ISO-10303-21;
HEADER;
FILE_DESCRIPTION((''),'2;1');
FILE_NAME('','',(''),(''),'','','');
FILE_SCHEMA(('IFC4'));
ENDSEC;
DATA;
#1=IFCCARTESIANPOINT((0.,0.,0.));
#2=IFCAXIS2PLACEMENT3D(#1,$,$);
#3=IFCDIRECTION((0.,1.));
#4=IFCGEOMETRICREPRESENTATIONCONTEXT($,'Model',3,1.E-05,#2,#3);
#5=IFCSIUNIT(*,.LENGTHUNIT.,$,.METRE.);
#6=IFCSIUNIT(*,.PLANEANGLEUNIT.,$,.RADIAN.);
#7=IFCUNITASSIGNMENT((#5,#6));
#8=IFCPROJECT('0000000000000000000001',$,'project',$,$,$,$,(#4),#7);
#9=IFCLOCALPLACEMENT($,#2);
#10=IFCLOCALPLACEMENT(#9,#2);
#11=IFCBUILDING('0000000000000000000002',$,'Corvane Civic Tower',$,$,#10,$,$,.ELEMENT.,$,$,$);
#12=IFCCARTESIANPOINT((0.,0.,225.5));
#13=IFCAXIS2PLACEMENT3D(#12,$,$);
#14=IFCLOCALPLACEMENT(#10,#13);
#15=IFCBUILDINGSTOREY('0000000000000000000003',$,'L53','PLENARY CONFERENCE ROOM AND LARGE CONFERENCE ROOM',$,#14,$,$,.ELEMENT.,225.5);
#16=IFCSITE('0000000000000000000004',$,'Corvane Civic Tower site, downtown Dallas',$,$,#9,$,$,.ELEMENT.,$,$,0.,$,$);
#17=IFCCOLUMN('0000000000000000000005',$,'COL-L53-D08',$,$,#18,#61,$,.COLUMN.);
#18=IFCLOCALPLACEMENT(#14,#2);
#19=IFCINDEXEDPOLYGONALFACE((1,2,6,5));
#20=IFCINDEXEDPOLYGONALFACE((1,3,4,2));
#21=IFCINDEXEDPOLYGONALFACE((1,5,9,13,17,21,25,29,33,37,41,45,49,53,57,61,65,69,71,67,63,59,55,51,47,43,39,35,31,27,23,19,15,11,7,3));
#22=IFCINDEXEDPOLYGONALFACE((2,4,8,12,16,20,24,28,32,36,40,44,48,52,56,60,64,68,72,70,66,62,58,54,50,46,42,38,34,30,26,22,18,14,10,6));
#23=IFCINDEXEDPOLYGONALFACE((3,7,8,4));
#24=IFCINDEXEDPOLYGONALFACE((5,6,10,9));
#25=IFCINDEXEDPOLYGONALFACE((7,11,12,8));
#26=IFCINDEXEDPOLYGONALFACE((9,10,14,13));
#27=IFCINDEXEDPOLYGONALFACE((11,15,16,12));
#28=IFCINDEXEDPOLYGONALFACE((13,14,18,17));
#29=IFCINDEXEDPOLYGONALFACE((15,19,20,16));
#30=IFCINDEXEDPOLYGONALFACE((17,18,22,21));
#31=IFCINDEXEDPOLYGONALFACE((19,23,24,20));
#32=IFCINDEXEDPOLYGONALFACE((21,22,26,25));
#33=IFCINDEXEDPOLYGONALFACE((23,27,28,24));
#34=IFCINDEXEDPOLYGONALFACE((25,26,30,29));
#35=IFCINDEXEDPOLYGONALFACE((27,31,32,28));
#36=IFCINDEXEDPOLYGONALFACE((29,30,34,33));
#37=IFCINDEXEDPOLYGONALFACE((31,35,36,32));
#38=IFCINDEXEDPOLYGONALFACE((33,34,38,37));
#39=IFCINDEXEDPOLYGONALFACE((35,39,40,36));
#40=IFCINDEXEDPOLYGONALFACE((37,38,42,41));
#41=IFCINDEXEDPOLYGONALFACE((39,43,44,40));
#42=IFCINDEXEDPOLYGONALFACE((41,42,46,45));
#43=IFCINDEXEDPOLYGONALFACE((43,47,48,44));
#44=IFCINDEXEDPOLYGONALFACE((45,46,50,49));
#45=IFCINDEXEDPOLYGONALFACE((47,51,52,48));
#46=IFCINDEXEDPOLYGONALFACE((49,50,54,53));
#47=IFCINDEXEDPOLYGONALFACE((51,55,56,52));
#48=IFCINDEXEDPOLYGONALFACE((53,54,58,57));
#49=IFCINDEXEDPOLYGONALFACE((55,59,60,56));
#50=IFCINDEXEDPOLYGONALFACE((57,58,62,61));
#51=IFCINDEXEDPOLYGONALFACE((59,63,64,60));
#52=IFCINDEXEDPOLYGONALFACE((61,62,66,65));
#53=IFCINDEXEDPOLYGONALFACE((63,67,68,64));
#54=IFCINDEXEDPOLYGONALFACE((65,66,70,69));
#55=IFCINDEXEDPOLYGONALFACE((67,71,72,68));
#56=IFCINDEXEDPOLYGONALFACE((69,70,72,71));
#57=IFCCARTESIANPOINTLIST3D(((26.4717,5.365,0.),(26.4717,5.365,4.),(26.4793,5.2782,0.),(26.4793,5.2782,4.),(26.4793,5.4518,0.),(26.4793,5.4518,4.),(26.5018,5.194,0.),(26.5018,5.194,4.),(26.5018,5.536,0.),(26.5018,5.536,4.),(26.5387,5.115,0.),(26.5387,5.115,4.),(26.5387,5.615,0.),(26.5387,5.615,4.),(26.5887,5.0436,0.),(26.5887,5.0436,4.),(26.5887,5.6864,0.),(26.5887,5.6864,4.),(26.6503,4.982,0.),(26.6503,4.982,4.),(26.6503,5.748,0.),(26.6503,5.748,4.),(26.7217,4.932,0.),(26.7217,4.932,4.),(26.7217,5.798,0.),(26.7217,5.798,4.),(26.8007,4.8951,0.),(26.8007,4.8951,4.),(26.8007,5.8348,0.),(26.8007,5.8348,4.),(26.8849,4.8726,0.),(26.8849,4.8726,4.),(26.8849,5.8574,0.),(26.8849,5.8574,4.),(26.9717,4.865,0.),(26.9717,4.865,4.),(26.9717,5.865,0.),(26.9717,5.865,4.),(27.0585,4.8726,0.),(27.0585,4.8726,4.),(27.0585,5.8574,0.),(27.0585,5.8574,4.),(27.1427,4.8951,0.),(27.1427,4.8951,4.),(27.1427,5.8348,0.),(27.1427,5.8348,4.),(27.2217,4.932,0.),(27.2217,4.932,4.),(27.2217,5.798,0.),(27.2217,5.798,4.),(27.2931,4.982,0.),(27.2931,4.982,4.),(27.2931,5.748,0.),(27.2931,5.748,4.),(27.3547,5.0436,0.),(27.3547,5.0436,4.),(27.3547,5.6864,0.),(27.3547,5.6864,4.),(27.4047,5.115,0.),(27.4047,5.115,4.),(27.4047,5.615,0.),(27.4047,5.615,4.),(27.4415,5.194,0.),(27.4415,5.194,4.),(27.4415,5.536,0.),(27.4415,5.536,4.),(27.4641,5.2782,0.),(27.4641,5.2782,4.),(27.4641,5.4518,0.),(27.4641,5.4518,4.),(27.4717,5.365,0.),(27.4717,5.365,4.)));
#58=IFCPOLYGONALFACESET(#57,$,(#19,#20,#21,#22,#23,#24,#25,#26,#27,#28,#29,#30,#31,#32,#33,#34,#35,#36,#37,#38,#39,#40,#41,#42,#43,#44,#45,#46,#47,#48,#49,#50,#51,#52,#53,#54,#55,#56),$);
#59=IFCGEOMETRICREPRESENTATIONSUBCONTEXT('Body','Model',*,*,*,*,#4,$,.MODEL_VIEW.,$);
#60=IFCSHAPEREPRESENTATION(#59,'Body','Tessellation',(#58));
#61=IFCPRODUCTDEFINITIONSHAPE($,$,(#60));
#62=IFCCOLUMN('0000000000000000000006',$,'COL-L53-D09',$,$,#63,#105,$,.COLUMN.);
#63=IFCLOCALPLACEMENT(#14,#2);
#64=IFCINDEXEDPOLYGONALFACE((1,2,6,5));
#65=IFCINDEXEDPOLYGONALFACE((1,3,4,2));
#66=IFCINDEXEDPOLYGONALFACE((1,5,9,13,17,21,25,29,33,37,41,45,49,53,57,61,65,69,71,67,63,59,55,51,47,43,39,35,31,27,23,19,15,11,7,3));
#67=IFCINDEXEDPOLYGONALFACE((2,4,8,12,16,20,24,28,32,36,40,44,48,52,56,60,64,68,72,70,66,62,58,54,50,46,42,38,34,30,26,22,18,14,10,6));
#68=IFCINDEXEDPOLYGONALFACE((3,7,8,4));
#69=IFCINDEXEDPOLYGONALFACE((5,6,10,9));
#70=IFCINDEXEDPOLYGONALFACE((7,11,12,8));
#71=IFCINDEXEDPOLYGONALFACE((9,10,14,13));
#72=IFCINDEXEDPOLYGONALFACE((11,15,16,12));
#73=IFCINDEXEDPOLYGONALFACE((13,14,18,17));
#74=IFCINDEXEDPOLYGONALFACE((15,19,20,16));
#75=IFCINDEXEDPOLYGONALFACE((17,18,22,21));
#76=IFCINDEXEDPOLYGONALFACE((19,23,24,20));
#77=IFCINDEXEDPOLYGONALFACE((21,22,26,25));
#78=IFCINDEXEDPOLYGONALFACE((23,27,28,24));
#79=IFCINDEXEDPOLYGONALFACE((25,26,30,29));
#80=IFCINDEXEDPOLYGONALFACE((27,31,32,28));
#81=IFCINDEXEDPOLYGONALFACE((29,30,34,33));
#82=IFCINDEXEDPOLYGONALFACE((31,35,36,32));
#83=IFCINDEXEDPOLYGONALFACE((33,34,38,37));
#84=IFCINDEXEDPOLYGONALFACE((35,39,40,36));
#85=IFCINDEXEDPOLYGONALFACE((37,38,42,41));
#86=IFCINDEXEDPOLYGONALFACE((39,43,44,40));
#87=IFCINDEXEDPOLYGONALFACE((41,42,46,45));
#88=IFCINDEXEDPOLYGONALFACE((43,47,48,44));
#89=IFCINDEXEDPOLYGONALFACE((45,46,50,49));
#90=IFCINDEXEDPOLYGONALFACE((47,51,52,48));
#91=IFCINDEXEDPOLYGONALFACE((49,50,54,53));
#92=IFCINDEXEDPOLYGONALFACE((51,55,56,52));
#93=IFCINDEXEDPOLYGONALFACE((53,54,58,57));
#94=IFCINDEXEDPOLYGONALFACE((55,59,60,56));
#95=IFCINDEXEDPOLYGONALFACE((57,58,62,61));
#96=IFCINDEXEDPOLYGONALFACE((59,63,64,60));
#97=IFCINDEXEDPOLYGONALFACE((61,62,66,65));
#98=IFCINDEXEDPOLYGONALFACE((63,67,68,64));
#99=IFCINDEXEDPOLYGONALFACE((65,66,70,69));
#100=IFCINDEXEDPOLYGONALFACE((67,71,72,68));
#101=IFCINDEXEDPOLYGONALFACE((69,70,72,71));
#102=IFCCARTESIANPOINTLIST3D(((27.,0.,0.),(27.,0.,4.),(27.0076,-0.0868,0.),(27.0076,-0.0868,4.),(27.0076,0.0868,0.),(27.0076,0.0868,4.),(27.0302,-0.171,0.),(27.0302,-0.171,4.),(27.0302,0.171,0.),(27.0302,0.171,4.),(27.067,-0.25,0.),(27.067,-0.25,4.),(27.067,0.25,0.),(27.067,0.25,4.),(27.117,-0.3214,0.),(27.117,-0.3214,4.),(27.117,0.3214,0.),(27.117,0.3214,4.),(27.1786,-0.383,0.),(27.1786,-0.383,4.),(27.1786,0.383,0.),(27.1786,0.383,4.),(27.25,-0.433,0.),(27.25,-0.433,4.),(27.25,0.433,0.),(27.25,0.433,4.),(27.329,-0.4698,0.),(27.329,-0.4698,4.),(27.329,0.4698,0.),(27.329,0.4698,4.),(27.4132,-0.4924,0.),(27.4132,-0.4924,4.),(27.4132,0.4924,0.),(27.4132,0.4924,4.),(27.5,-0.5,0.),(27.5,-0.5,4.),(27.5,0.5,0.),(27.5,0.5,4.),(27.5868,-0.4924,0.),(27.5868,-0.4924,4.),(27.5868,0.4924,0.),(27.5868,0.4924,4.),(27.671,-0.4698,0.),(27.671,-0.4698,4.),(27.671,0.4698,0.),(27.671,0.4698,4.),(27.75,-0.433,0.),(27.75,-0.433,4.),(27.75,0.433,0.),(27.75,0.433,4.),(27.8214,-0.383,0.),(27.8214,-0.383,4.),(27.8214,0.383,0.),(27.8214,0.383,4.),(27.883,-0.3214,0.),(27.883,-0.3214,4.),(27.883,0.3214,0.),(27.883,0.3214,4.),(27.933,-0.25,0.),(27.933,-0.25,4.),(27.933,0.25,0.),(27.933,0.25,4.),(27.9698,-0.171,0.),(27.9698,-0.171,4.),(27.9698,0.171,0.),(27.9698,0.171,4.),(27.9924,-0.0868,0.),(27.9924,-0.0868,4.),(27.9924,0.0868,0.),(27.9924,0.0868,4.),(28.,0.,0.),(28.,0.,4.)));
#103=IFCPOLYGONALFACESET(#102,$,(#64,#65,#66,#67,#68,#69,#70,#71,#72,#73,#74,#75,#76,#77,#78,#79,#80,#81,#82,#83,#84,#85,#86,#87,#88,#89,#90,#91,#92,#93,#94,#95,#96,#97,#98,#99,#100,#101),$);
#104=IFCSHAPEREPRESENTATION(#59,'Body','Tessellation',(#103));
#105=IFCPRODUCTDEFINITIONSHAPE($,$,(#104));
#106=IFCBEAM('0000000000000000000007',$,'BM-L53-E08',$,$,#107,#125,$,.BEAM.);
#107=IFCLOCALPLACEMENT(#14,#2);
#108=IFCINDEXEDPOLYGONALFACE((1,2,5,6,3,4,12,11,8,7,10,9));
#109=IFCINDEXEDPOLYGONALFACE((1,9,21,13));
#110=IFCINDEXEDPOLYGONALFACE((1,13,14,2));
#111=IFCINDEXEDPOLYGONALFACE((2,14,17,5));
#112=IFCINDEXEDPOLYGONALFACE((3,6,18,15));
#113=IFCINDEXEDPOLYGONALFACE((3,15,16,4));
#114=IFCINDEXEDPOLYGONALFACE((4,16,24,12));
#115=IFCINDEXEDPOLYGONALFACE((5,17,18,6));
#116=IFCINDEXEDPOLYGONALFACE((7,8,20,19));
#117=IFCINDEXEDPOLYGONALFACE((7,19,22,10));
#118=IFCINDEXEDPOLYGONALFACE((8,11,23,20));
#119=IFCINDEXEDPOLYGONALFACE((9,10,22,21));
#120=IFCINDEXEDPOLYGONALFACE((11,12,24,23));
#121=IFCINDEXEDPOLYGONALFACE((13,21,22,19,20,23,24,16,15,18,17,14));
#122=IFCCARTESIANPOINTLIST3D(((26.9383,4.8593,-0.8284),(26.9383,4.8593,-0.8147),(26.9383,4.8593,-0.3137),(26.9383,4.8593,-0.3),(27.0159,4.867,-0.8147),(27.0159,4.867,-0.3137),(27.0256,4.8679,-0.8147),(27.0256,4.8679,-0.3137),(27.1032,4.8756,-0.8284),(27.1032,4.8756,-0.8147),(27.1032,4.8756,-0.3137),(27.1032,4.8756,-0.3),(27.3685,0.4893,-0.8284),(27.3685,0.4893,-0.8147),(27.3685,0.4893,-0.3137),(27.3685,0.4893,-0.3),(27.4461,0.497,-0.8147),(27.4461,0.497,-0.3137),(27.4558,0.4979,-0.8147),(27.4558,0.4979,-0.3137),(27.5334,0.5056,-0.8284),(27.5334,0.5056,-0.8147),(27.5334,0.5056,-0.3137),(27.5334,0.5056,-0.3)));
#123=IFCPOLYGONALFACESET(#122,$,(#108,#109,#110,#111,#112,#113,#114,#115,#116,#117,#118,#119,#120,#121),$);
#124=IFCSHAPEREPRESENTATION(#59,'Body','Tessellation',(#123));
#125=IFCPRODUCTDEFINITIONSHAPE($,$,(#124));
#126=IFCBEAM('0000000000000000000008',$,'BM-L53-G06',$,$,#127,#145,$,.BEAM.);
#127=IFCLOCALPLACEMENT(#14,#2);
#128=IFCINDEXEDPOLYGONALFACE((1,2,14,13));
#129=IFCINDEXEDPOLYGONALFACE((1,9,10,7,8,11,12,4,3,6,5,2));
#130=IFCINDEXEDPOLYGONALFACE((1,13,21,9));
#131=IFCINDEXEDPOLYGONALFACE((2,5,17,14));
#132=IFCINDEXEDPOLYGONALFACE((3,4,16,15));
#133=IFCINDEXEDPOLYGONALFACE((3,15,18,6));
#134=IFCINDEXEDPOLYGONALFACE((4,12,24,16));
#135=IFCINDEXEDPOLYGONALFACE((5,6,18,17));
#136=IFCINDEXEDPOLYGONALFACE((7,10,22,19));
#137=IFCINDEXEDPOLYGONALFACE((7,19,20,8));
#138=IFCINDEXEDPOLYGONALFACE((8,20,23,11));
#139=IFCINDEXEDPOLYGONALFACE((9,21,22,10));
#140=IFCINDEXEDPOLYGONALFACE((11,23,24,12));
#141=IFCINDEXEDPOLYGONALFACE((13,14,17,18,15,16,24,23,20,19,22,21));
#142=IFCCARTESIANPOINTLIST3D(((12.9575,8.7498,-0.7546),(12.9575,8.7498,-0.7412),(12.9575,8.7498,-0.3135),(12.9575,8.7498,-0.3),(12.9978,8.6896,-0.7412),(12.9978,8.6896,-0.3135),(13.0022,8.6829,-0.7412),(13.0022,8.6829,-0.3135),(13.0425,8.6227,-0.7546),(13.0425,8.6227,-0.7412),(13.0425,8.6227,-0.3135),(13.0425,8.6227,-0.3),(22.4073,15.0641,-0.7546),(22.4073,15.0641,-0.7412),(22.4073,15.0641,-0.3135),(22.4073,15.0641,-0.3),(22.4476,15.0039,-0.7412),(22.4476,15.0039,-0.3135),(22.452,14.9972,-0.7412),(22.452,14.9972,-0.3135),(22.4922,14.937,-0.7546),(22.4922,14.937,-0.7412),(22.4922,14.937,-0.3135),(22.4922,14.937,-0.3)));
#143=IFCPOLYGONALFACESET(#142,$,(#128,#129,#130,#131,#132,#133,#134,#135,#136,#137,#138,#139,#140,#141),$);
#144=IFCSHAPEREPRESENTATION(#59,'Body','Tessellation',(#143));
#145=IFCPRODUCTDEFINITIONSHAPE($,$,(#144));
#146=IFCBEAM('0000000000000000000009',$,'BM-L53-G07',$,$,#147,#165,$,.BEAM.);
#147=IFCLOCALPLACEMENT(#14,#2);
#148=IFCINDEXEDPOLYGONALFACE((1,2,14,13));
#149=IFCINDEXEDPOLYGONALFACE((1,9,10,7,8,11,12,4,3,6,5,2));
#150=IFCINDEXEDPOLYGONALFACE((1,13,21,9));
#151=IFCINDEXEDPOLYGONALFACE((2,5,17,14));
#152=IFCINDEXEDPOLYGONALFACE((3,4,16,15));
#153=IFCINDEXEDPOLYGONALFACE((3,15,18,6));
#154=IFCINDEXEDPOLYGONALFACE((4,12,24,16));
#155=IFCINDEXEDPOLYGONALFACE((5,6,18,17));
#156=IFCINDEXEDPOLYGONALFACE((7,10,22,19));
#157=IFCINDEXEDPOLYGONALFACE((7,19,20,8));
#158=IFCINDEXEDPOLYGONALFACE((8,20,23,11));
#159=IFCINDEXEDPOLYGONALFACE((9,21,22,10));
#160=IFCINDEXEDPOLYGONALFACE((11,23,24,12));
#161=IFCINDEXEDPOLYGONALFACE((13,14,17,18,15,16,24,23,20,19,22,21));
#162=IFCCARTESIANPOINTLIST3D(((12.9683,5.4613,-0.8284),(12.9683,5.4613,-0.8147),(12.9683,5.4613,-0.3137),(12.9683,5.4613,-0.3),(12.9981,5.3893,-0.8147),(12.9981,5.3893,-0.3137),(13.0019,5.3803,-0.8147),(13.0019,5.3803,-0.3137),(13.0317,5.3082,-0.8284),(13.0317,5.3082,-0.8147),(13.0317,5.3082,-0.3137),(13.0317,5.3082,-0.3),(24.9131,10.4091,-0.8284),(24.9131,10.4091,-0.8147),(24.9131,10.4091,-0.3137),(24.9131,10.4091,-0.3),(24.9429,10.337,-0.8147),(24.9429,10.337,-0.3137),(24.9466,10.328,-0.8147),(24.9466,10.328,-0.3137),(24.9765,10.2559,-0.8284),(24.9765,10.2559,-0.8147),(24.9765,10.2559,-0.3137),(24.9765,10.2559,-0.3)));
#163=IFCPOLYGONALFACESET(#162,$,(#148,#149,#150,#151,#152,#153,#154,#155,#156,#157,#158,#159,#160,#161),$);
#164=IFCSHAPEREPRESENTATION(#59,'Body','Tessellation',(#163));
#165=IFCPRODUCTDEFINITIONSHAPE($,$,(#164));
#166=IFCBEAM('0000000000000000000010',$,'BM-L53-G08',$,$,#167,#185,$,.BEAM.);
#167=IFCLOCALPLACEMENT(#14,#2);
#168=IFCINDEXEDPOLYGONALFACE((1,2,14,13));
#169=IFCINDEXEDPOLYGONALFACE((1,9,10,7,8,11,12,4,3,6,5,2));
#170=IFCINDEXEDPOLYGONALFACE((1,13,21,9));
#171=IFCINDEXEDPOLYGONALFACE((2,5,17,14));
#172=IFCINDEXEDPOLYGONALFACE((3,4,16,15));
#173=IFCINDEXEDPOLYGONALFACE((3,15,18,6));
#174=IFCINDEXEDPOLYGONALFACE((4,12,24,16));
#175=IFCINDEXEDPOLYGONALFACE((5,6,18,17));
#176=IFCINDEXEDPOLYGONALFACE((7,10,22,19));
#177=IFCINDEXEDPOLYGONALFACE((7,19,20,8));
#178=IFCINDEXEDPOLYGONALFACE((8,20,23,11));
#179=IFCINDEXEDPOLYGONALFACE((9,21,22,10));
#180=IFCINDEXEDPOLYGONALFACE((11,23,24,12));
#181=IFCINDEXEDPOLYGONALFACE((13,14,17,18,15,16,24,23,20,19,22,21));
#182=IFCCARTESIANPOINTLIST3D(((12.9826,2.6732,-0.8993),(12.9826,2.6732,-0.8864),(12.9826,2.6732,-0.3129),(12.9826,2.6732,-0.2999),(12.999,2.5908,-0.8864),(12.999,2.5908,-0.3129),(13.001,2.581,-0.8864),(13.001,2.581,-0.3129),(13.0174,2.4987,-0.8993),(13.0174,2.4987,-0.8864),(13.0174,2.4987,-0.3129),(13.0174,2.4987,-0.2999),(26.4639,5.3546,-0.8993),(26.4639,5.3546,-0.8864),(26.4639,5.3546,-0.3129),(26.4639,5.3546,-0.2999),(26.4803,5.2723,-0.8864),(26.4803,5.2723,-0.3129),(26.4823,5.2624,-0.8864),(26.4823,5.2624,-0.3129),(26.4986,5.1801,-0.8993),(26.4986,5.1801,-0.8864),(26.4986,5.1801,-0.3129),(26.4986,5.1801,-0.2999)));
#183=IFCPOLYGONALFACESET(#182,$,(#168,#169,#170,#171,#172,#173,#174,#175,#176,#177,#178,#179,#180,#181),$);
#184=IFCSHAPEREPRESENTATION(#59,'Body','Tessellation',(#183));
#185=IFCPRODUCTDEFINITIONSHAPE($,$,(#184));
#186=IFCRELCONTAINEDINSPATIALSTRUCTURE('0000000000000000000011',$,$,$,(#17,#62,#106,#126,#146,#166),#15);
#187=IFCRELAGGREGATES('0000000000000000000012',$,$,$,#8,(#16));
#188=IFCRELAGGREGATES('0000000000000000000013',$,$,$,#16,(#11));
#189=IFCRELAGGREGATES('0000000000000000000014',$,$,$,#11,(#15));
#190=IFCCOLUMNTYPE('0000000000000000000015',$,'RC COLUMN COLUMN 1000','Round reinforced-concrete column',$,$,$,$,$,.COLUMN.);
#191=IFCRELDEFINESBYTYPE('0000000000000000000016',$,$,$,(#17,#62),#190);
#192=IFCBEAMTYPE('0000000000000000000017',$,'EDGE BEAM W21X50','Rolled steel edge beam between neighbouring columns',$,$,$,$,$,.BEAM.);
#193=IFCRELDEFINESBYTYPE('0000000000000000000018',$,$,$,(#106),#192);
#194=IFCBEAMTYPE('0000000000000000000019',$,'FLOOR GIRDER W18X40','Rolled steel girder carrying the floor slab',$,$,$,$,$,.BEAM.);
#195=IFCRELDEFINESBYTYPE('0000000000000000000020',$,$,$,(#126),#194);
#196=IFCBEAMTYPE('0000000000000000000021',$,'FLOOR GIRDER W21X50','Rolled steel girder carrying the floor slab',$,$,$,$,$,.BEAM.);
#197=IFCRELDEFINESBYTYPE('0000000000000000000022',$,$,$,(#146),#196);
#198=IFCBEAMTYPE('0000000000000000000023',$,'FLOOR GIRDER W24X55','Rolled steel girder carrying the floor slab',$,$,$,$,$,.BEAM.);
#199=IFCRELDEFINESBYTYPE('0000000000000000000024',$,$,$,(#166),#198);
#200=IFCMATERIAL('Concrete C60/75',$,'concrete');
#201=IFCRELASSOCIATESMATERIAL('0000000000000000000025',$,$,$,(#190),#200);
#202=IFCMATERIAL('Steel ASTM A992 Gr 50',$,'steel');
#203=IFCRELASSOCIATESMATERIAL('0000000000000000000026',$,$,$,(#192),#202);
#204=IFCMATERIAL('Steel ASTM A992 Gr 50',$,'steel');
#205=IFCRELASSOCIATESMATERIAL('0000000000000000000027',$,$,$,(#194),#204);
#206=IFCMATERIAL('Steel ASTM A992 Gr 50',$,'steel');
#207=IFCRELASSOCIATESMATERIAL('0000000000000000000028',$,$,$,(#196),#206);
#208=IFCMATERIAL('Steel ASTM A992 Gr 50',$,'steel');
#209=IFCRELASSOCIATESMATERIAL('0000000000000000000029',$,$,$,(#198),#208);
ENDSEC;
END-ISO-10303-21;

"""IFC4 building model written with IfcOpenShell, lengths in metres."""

from ifc_helpers import new_model, si_unit, direction, frame, origin, origin_2d, place, context, subcontext, project, spatial, circle, i_section, extrude, material, material_profile, profile_set, type_object, element, save


model = new_model("IFC4")

# Units and contexts
model_context = context("Model", 3, precision=1e-05, world=origin(), true_north=direction((0.0, 1.0)))
body_context = subcontext(model_context, "Body", "Model", "MODEL_VIEW")
ifc_project = project(units=[si_unit("LENGTHUNIT", "METRE"), si_unit("PLANEANGLEUNIT", "RADIAN")], contexts=[model_context])

# Site, building, storey
site_placement = place(None, origin())
site = spatial("IfcSite", under=ifc_project, at=site_placement, Name="Corvane Civic Tower site, downtown Dallas", CompositionType="ELEMENT", RefElevation=0.0)
building_placement = place(site_placement, origin())
building = spatial("IfcBuilding", under=site, at=building_placement, Name="Corvane Civic Tower", CompositionType="ELEMENT")
storey_placement = place(building_placement, frame((0.0, 0.0, 225.5)))
storey = spatial("IfcBuildingStorey", under=building, at=storey_placement, Name="L53", Description="PLENARY CONFERENCE ROOM AND LARGE CONFERENCE ROOM", CompositionType="ELEMENT", Elevation=225.5)

# Columns
ifc_material_1 = material(Name="Concrete C60/75", Category="concrete")
ifc_material_profile_1 = material_profile(ifc_material_1, circle(Radius=0.5, at=origin_2d()), Name="COLUMN 1000")
ifc_profile_set_1 = profile_set([ifc_material_profile_1], Name="Concrete C60/75")
column_type = type_object("IfcColumnType", Name="RC COLUMN COLUMN 1000", Description="Round reinforced-concrete column", PredefinedType="COLUMN", material=ifc_profile_set_1)
for number, where, z_axis, x_axis, name in (
    (1, (26.9717, 5.365, 0.0), (0.0, 0.0, 1.0), (1.0, 0.0, 0.0), "COL-L53-D08"),
    (2, (27.5, 0.0, 0.0), (0.0, 0.0, 1.0), (1.0, 0.0, 0.0), "COL-L53-D09"),
):
    element("IfcColumn", number, at=place(storey_placement, frame(where, z_axis=z_axis, x_axis=x_axis)), inside=storey, type_object=column_type, Name=name, PredefinedType="COLUMN", context=body_context, shape_type="SweptSolid", body=[
        extrude(circle(Radius=0.5, at=origin_2d()), origin(), (0.0, 0.0, 1.0), 4.0),
    ])

# Beams
ifc_material_2 = material(Name="Steel ASTM A992 Gr 50", Category="steel")
ifc_material_profile_2 = material_profile(ifc_material_2, i_section(OverallWidth=0.1658, OverallDepth=0.5283, WebThickness=0.0098, FlangeThickness=0.0137, at=origin_2d()), Name="W21X50")
ifc_profile_set_2 = profile_set([ifc_material_profile_2], Name="Steel ASTM A992 Gr 50")
beam_type_1 = type_object("IfcBeamType", Name="EDGE BEAM W21X50", Description="Rolled steel edge beam between neighbouring columns", PredefinedType="BEAM", material=ifc_profile_set_2)
beam_1_placement = place(storey_placement, frame((27.0208, 4.8674, -0.5642), z_axis=(0.097968, -0.99519, 0.0), x_axis=(0.99519, 0.097968, 0.0)))
element("IfcBeam", 3, at=beam_1_placement, inside=storey, type_object=beam_type_1, Name="BM-L53-E08", PredefinedType="BEAM", context=body_context, shape_type="SweptSolid", body=[
    extrude(i_section(OverallWidth=0.1658, OverallDepth=0.5283, WebThickness=0.0098, FlangeThickness=0.0137, at=origin_2d()), origin(), (0.0, 0.0, 1.0), 4.3911),
])
ifc_material_3 = material(Name="Steel ASTM A992 Gr 50", Category="steel")
ifc_material_profile_3 = material_profile(ifc_material_3, i_section(OverallWidth=0.1528, OverallDepth=0.4546, WebThickness=0.0081, FlangeThickness=0.0134, at=origin_2d()), Name="W18X40")
ifc_profile_set_3 = profile_set([ifc_material_profile_3], Name="Steel ASTM A992 Gr 50")
beam_type_2 = type_object("IfcBeamType", Name="FLOOR GIRDER W18X40", Description="Rolled steel girder carrying the floor slab", PredefinedType="BEAM", material=ifc_profile_set_3)
beam_2_placement = place(storey_placement, frame((13.0, 8.6863, -0.5273), z_axis=(0.831465, 0.555577, 0.0), x_axis=(-0.555577, 0.831465, 0.0)))
element("IfcBeam", 4, at=beam_2_placement, inside=storey, type_object=beam_type_2, Name="BM-L53-G06", PredefinedType="BEAM", context=body_context, shape_type="SweptSolid", body=[
    extrude(i_section(OverallWidth=0.1528, OverallDepth=0.4546, WebThickness=0.0081, FlangeThickness=0.0134, at=origin_2d()), origin(), (0.0, 0.0, 1.0), 11.3652),
])
ifc_material_4 = material(Name="Steel ASTM A992 Gr 50", Category="steel")
ifc_material_profile_4 = material_profile(ifc_material_4, i_section(OverallWidth=0.1658, OverallDepth=0.5283, WebThickness=0.0098, FlangeThickness=0.0137, at=origin_2d()), Name="W21X50")
ifc_profile_set_4 = profile_set([ifc_material_profile_4], Name="Steel ASTM A992 Gr 50")
beam_type_3 = type_object("IfcBeamType", Name="FLOOR GIRDER W21X50", Description="Rolled steel girder carrying the floor slab", PredefinedType="BEAM", material=ifc_profile_set_4)
beam_3_placement = place(storey_placement, frame((13.0, 5.3848, -0.5642), z_axis=(0.923878, 0.382686, 0.0), x_axis=(-0.382686, 0.923878, 0.0)))
element("IfcBeam", 5, at=beam_3_placement, inside=storey, type_object=beam_type_3, Name="BM-L53-G07", PredefinedType="BEAM", context=body_context, shape_type="SweptSolid", body=[
    extrude(i_section(OverallWidth=0.1658, OverallDepth=0.5283, WebThickness=0.0098, FlangeThickness=0.0137, at=origin_2d()), origin(), (0.0, 0.0, 1.0), 12.929),
])
ifc_material_5 = material(Name="Steel ASTM A992 Gr 50", Category="steel")
ifc_material_profile_5 = material_profile(ifc_material_5, i_section(OverallWidth=0.178, OverallDepth=0.5994, WebThickness=0.01, FlangeThickness=0.0129, at=origin_2d()), Name="W24X55")
ifc_profile_set_5 = profile_set([ifc_material_profile_5], Name="Steel ASTM A992 Gr 50")
beam_type_4 = type_object("IfcBeamType", Name="FLOOR GIRDER W24X55", Description="Rolled steel girder carrying the floor slab", PredefinedType="BEAM", material=ifc_profile_set_5)
beam_4_placement = place(storey_placement, frame((13.0, 2.5859, -0.5996), z_axis=(0.980788, 0.195078, 0.0), x_axis=(-0.195078, 0.980788, 0.0)))
element("IfcBeam", 6, at=beam_4_placement, inside=storey, type_object=beam_type_4, Name="BM-L53-G08", PredefinedType="BEAM", context=body_context, shape_type="SweptSolid", body=[
    extrude(i_section(OverallWidth=0.178, OverallDepth=0.5994, WebThickness=0.01, FlangeThickness=0.0129, at=origin_2d()), origin(), (0.0, 0.0, 1.0), 13.7454),
])

save(model, "model.ifc")
